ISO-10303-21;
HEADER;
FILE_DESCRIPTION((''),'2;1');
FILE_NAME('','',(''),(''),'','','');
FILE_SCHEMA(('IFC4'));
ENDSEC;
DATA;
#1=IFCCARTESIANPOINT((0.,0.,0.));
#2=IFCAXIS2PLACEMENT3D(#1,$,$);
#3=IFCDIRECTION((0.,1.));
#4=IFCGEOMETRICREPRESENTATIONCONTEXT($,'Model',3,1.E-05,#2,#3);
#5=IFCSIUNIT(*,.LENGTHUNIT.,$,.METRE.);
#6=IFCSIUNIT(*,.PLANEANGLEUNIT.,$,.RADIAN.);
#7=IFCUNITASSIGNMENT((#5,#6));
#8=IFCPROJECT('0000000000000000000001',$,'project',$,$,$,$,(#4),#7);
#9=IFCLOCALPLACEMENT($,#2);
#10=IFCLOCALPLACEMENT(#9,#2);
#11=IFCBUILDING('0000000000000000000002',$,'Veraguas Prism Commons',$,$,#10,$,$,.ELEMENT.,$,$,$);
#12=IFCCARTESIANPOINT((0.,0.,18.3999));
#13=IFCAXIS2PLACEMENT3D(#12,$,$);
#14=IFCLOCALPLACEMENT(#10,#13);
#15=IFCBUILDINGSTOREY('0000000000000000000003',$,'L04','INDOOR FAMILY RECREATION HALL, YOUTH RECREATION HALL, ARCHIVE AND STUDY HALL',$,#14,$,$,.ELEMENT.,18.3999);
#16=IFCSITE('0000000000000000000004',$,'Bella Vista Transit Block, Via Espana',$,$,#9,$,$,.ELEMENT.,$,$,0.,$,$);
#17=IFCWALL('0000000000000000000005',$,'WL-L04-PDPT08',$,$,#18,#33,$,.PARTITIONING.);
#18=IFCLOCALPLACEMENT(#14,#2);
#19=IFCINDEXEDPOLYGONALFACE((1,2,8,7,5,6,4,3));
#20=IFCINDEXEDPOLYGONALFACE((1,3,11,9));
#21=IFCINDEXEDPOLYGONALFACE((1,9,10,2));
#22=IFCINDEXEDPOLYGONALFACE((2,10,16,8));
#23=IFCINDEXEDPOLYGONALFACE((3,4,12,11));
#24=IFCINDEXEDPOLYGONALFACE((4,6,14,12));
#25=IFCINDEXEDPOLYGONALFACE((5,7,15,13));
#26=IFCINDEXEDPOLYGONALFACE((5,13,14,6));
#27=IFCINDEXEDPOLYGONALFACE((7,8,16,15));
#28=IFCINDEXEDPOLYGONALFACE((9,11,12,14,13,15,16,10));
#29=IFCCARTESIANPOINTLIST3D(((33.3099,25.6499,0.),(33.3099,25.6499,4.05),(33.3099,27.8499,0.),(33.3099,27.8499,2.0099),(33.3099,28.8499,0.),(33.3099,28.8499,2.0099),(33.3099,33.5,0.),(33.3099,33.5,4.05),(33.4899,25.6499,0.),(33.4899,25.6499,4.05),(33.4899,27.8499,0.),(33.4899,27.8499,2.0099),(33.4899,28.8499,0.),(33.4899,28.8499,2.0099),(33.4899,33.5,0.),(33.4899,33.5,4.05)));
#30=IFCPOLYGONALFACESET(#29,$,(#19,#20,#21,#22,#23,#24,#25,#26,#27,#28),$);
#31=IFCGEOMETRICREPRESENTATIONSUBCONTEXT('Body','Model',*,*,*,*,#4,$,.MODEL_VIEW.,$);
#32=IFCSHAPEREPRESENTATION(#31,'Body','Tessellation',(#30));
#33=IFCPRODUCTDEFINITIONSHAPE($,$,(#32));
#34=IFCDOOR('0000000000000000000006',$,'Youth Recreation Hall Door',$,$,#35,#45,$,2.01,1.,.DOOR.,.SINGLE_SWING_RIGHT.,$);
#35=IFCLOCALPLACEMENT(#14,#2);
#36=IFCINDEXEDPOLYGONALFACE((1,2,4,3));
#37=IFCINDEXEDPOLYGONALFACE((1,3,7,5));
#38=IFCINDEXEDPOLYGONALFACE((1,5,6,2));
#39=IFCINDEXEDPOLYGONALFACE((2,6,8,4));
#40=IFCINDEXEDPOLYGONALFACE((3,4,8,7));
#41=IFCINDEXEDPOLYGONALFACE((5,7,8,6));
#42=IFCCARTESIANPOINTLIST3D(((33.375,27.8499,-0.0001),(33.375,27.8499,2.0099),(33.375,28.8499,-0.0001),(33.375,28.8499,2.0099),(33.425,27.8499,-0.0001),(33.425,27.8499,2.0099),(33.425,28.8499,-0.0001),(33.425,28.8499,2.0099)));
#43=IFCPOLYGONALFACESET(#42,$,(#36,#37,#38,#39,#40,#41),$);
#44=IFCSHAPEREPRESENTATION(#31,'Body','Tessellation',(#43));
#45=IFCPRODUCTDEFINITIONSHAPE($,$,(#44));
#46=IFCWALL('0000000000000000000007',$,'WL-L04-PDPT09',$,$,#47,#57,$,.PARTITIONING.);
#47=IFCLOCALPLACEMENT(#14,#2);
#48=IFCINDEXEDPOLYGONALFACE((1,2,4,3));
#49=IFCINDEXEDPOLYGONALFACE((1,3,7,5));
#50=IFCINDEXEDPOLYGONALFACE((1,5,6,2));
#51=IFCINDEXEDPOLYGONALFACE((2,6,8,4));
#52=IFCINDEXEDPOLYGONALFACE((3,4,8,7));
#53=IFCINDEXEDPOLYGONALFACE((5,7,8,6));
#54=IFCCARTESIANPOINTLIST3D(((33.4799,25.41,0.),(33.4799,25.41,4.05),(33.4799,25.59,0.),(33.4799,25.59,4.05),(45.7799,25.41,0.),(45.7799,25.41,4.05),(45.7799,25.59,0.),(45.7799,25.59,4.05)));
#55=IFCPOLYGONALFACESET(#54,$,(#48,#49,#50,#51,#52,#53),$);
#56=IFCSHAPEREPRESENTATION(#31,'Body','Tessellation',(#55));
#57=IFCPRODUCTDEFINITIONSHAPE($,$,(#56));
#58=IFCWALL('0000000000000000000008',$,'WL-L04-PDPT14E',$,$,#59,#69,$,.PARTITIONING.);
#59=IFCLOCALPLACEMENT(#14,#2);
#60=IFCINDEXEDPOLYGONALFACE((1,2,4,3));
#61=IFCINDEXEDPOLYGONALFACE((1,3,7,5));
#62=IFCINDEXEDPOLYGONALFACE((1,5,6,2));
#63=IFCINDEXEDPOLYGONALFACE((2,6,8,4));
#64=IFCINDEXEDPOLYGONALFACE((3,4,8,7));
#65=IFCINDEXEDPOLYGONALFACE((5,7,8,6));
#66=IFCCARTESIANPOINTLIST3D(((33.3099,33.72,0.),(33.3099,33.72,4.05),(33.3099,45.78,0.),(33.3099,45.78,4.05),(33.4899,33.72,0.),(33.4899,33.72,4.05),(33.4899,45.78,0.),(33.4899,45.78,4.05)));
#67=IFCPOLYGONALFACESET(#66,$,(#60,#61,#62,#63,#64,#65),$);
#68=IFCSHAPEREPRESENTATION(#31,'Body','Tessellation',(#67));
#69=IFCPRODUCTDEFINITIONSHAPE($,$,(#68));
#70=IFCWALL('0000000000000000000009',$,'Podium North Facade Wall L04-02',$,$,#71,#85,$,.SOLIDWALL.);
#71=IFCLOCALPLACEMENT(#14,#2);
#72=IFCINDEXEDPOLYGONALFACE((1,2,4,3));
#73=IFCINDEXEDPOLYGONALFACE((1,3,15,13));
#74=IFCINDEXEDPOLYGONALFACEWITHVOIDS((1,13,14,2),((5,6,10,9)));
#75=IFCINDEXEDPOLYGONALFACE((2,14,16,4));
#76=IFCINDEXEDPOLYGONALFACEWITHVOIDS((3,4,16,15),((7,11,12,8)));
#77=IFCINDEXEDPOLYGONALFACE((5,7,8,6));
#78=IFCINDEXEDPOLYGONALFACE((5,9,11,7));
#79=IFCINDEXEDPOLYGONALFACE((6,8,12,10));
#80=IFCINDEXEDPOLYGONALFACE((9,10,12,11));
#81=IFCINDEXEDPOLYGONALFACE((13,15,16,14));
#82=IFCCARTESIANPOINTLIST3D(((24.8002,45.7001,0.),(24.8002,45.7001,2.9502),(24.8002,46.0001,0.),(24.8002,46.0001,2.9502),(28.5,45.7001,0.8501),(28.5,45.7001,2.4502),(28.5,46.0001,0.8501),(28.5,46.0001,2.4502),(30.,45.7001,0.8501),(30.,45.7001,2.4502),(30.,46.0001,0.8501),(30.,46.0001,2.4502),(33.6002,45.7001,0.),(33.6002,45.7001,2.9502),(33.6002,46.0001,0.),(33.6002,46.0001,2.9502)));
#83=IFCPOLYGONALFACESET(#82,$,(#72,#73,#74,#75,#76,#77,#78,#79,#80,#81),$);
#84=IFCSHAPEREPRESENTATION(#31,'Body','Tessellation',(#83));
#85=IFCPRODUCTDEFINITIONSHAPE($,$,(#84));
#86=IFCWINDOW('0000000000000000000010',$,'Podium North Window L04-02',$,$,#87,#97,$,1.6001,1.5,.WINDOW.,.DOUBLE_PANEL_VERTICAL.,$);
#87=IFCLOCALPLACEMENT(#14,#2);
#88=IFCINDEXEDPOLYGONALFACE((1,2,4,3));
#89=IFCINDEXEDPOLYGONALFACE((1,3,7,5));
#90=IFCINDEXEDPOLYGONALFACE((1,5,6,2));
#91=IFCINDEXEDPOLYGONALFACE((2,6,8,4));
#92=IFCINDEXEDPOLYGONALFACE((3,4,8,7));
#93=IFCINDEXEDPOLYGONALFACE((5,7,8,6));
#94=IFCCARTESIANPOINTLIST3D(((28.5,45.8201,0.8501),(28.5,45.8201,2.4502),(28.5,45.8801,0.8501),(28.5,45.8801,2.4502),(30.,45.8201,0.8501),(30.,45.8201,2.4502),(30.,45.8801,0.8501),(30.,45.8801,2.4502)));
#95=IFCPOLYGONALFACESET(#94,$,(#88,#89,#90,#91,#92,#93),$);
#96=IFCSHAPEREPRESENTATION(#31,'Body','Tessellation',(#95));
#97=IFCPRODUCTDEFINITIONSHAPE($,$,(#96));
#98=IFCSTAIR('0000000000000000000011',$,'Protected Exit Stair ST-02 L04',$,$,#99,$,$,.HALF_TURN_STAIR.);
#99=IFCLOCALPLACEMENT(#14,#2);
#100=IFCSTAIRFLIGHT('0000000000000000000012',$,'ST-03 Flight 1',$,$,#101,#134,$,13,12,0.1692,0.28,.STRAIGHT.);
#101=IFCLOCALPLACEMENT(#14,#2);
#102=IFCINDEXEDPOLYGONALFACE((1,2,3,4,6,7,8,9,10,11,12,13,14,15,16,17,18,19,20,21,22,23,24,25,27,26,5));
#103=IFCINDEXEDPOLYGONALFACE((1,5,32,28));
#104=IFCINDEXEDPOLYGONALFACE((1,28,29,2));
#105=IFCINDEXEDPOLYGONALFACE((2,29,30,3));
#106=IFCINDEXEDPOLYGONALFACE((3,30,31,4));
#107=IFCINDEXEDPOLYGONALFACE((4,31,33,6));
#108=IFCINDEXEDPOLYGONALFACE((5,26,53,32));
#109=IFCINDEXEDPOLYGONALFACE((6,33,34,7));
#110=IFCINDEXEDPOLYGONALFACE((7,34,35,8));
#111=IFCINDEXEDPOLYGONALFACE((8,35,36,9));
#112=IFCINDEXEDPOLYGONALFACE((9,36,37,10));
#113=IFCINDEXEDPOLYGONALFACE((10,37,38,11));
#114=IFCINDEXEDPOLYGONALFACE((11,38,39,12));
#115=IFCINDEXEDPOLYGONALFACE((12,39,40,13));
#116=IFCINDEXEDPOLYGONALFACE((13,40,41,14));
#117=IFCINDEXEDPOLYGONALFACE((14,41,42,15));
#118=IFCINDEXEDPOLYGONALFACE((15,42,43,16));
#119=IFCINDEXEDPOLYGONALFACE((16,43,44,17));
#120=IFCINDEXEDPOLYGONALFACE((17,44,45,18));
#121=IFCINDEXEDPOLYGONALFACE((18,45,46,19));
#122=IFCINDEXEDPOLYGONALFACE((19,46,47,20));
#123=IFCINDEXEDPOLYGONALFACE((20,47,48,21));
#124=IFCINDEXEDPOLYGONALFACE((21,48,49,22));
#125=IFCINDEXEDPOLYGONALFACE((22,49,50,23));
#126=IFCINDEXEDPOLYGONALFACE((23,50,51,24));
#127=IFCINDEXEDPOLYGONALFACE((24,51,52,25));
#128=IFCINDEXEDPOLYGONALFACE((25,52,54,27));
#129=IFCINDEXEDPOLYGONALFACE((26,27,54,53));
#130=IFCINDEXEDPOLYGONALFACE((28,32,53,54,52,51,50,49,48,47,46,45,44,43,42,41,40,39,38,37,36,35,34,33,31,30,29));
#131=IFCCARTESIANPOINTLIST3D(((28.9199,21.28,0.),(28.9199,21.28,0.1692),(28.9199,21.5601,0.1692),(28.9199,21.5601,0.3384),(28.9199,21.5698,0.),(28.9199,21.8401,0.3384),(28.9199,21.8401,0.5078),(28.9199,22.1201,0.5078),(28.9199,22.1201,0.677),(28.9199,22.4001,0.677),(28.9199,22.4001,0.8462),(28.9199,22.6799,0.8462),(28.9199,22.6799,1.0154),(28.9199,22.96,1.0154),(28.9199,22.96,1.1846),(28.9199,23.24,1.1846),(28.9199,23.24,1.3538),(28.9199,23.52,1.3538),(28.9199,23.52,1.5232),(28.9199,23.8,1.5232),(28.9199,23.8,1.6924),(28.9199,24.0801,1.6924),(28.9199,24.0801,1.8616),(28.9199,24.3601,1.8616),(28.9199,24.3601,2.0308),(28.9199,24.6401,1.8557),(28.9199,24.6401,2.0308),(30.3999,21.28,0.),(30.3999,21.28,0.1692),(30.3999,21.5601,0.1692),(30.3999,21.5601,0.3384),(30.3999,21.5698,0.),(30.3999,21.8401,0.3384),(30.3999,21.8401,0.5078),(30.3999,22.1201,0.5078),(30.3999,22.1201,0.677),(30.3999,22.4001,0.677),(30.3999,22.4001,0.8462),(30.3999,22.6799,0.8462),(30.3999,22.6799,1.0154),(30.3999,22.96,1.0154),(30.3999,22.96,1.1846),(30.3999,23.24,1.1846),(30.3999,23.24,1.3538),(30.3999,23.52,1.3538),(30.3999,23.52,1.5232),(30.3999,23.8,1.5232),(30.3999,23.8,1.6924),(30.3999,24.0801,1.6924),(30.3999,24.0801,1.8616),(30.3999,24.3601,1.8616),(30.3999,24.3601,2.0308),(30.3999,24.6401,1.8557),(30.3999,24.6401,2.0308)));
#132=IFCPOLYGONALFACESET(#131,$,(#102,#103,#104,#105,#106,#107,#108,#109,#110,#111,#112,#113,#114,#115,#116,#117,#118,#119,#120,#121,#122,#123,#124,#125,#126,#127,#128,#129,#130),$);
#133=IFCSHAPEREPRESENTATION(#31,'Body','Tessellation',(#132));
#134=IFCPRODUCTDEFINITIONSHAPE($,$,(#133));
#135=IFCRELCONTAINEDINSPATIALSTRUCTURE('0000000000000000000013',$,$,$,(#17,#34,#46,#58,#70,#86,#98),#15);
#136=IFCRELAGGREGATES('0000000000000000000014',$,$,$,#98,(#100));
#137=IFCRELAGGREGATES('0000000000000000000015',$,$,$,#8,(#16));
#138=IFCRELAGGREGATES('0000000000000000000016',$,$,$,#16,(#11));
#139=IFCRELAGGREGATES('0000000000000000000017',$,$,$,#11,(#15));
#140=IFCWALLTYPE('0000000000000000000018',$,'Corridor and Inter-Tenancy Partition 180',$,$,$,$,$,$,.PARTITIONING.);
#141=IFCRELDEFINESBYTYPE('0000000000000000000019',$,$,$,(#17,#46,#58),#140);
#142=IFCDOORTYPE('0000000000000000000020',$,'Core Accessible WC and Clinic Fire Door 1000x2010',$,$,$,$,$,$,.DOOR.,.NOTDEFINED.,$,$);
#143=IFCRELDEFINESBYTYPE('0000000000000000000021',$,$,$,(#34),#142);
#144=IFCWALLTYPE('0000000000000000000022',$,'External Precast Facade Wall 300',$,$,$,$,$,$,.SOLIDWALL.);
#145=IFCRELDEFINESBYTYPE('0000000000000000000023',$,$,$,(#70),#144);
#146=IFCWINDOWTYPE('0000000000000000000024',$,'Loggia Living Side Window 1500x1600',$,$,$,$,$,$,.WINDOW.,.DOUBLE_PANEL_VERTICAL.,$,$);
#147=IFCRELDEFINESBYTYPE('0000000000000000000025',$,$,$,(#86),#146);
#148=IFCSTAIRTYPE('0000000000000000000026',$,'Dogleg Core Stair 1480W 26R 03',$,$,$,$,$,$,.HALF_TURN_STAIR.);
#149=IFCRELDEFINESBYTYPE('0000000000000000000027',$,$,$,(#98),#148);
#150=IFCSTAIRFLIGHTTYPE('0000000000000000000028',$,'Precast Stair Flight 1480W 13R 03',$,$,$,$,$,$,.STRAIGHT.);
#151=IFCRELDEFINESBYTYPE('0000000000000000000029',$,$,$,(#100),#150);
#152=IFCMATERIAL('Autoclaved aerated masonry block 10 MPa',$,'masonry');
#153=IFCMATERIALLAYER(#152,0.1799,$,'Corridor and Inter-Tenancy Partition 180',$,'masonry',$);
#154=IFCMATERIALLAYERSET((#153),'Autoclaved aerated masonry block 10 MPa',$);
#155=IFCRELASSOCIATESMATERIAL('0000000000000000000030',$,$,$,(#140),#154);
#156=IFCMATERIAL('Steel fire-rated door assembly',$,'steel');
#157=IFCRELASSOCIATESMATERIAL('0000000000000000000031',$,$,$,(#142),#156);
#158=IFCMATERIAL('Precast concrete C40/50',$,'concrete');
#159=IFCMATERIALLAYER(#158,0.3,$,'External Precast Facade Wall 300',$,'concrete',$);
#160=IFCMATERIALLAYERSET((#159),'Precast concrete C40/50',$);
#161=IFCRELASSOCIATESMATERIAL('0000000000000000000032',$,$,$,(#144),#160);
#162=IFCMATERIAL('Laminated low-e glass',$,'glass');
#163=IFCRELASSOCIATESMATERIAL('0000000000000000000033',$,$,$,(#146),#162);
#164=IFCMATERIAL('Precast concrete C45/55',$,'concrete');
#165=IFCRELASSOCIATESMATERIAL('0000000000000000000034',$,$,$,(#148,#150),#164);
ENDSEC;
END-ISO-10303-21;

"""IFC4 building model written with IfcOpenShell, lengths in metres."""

from ifc_helpers import new_model, si_unit, direction, frame, frame_2d, origin, place, context, subcontext, project, spatial, polyline, rectangle, outline, extrude, source, transform, mapped, material, layer, layer_set, type_object, element, fill, aggregate, save


model = new_model("IFC4")

# Units and contexts
model_context = context("Model", 3, precision=1e-05, world=origin(), true_north=direction((0.0, 1.0)))
body_context = subcontext(model_context, "Body", "Model", "MODEL_VIEW")
ifc_project = project(units=[si_unit("LENGTHUNIT", "METRE"), si_unit("PLANEANGLEUNIT", "RADIAN")], contexts=[model_context])

# Site, building, storey
site_placement = place(None, origin())
site = spatial("IfcSite", under=ifc_project, at=site_placement, Name="Bella Vista Transit Block, Via Espana", CompositionType="ELEMENT", RefElevation=0.0)
building_placement = place(site_placement, origin())
building = spatial("IfcBuilding", under=site, at=building_placement, Name="Veraguas Prism Commons", CompositionType="ELEMENT")
storey_placement = place(building_placement, frame((0.0, 0.0, 18.3999)))
storey = spatial("IfcBuildingStorey", under=building, at=storey_placement, Name="L04", Description="INDOOR FAMILY RECREATION HALL, YOUTH RECREATION HALL, ARCHIVE AND STUDY HALL", CompositionType="ELEMENT", Elevation=18.3999)

# Wall, opening, door
ifc_material_1 = material(Name="Autoclaved aerated masonry block 10 MPa", Category="masonry")
ifc_layer_1 = layer(ifc_material_1, 0.1799, Name="Corridor and Inter-Tenancy Partition 180", Category="masonry")
ifc_layer_set_1 = layer_set([ifc_layer_1], Name="Autoclaved aerated masonry block 10 MPa")
wall_type_1 = type_object("IfcWallType", Name="Corridor and Inter-Tenancy Partition 180", PredefinedType="PARTITIONING", material=ifc_layer_set_1)
wall_1_placement = place(storey_placement, frame((33.3999, 25.6499, 0.0), z_axis=(0.0, 0.0, 1.0), x_axis=(0.0, 1.0, 0.0)))
wall_1 = element("IfcWall", 1, at=wall_1_placement, inside=storey, type_object=wall_type_1, Name="WL-L04-PDPT08", PredefinedType="PARTITIONING", context=body_context, shape_type="SweptSolid", body=[
    extrude(rectangle(XDim=7.8501, YDim=0.1799, at=frame_2d((3.925, 0.0))), origin(), (0.0, 0.0, 1.0), 4.05),
])
opening_1_placement = place(wall_1_placement, frame((2.2, 0.0, 0.0)))
opening_1 = element("IfcOpeningElement", 2, at=opening_1_placement, cuts=wall_1, PredefinedType="OPENING", context=body_context, shape_type="SweptSolid", body=[
    extrude(rectangle(XDim=1.0, YDim=2.01, at=frame_2d((0.5, 1.0049))), frame((0.0, 0.0999, 0.0), z_axis=(0.0, -1.0, 0.0), x_axis=(1.0, 0.0, 0.0)), (0.0, 0.0, 1.0), 0.2),
])
ifc_material_2 = material(Name="Steel fire-rated door assembly", Category="steel")
door_type = type_object("IfcDoorType", Name="Core Accessible WC and Clinic Fire Door 1000x2010", OperationType="NOTDEFINED", PredefinedType="DOOR", material=ifc_material_2)
shared_shape_1 = source(origin(), body_context, "Body", "SweptSolid", [
    extrude(rectangle(XDim=1.0, YDim=2.01, at=frame_2d((0.5, 1.0049))), frame((0.0, 0.0249, 0.0), z_axis=(0.0, -1.0, 0.0), x_axis=(1.0, 0.0, 0.0)), (0.0, 0.0, 1.0), 0.05),
])
door_placement = place(opening_1_placement, origin())
door = element("IfcDoor", 3, at=door_placement, inside=storey, type_object=door_type, Name="Youth Recreation Hall Door", OperationType="SINGLE_SWING_RIGHT", OverallHeight=2.01, OverallWidth=1.0, PredefinedType="DOOR", context=body_context, shape_type="MappedRepresentation", body=[
    mapped(shared_shape_1, transform((0.0, 0.0, 0.0), scale=1.0)),
])
fill(opening_1, door)

# Walls
wall_2_placement = place(storey_placement, frame((33.48, 25.5, 0.0), z_axis=(0.0, 0.0, 1.0), x_axis=(1.0, 0.0, 0.0)))
element("IfcWall", 4, at=wall_2_placement, inside=storey, type_object=wall_type_1, Name="WL-L04-PDPT09", PredefinedType="PARTITIONING", context=body_context, shape_type="SweptSolid", body=[
    extrude(rectangle(XDim=12.3, YDim=0.1799, at=frame_2d((6.1499, 0.0))), origin(), (0.0, 0.0, 1.0), 4.05),
])
wall_3_placement = place(storey_placement, frame((33.3999, 33.72, 0.0), z_axis=(0.0, 0.0, 1.0), x_axis=(0.0, 1.0, 0.0)))
element("IfcWall", 5, at=wall_3_placement, inside=storey, type_object=wall_type_1, Name="WL-L04-PDPT14E", PredefinedType="PARTITIONING", context=body_context, shape_type="SweptSolid", body=[
    extrude(rectangle(XDim=12.0601, YDim=0.1799, at=frame_2d((6.03, 0.0))), origin(), (0.0, 0.0, 1.0), 4.05),
])

# Wall, opening, window
ifc_material_3 = material(Name="Precast concrete C40/50", Category="concrete")
ifc_layer_2 = layer(ifc_material_3, 0.3, Name="External Precast Facade Wall 300", Category="concrete")
ifc_layer_set_2 = layer_set([ifc_layer_2], Name="Precast concrete C40/50")
wall_type_2 = type_object("IfcWallType", Name="External Precast Facade Wall 300", PredefinedType="SOLIDWALL", material=ifc_layer_set_2)
wall_4_placement = place(storey_placement, frame((33.6001, 45.8501, 0.0), z_axis=(0.0, 0.0, 1.0), x_axis=(-1.0, 0.0, 0.0)))
wall_4 = element("IfcWall", 6, at=wall_4_placement, inside=storey, type_object=wall_type_2, Name="Podium North Facade Wall L04-02", PredefinedType="SOLIDWALL", context=body_context, shape_type="SweptSolid", body=[
    extrude(rectangle(XDim=8.8, YDim=0.3, at=frame_2d((4.3999, 0.0))), origin(), (0.0, 0.0, 1.0), 2.9502),
])
opening_2_placement = place(wall_4_placement, frame((3.6001, 0.0, 0.8501)))
opening_2 = element("IfcOpeningElement", 7, at=opening_2_placement, cuts=wall_4, PredefinedType="OPENING", context=body_context, shape_type="SweptSolid", body=[
    extrude(rectangle(XDim=1.5, YDim=1.6001, at=frame_2d((0.75, 0.8))), frame((0.0, 0.1599, 0.0), z_axis=(0.0, -1.0, 0.0), x_axis=(1.0, 0.0, 0.0)), (0.0, 0.0, 1.0), 0.3201),
])
ifc_material_4 = material(Name="Laminated low-e glass", Category="glass")
window_type = type_object("IfcWindowType", Name="Loggia Living Side Window 1500x1600", PartitioningType="DOUBLE_PANEL_VERTICAL", PredefinedType="WINDOW", material=ifc_material_4)
shared_shape_2 = source(origin(), body_context, "Body", "SweptSolid", [
    extrude(rectangle(XDim=1.5, YDim=1.6001, at=frame_2d((0.75, 0.8))), frame((0.0, 0.03, 0.0), z_axis=(0.0, -1.0, 0.0), x_axis=(1.0, 0.0, 0.0)), (0.0, 0.0, 1.0), 0.0601),
])
window_placement = place(opening_2_placement, origin())
window = element("IfcWindow", 8, at=window_placement, inside=storey, type_object=window_type, Name="Podium North Window L04-02", OverallHeight=1.6001, OverallWidth=1.5, PartitioningType="DOUBLE_PANEL_VERTICAL", PredefinedType="WINDOW", context=body_context, shape_type="MappedRepresentation", body=[
    mapped(shared_shape_2, transform((0.0, 0.0, 0.0), scale=1.0)),
])
fill(opening_2, window)

# Stair, stair flight
ifc_material_5 = material(Name="Precast concrete C45/55", Category="concrete")
stair_type = type_object("IfcStairType", Name="Dogleg Core Stair 1480W 26R 03", PredefinedType="HALF_TURN_STAIR", material=ifc_material_5)
stair_placement = place(storey_placement, origin())
stair = element("IfcStair", 9, at=stair_placement, inside=storey, type_object=stair_type, Name="Protected Exit Stair ST-02 L04", PredefinedType="HALF_TURN_STAIR")
stair_flight_type = type_object("IfcStairFlightType", Name="Precast Stair Flight 1480W 13R 03", PredefinedType="STRAIGHT", material=ifc_material_5)
stair_flight_placement = place(storey_placement, frame((29.6599, 21.28, 0.0), z_axis=(0.0, 0.0, 1.0), x_axis=(0.0, 1.0, 0.0)))
stair_flight = element("IfcStairFlight", 10, at=stair_flight_placement, type_object=stair_flight_type, Name="ST-03 Flight 1", NumberOfRisers=13, NumberOfTreads=12, PredefinedType="STRAIGHT", RiserHeight=0.1692, TreadLength=0.28, context=body_context, shape_type="SweptSolid", body=[
    extrude(outline(polyline([(0.0, 0.0), (0.0, 0.1692), (0.28, 0.1692), (0.28, 0.3384), (0.5601, 0.3384), (0.5601, 0.5078), (0.8401, 0.5078), (0.8401, 0.677), (1.1201, 0.677), (1.1201, 0.8462), (1.3999, 0.8462), (1.3999, 1.0154), (1.6799, 1.0154), (1.6799, 1.1846), (1.96, 1.1846), (1.96, 1.3538), (2.24, 1.3538), (2.24, 1.5232), (2.52, 1.5232), (2.52, 1.6924), (2.8, 1.6924), (2.8, 1.8616), (3.0801, 1.8616), (3.0801, 2.0308), (3.3601, 2.0308), (3.3601, 2.2), (3.3601, 1.8557), (0.2898, 0.0), (0.0, 0.0)])), frame((0.0, 0.74, 0.0), z_axis=(0.0, -1.0, 0.0), x_axis=(1.0, 0.0, 0.0)), (0.0, 0.0, 1.0), 1.48),
])
aggregate(stair, [stair_flight])

save(model, "model.ifc")
